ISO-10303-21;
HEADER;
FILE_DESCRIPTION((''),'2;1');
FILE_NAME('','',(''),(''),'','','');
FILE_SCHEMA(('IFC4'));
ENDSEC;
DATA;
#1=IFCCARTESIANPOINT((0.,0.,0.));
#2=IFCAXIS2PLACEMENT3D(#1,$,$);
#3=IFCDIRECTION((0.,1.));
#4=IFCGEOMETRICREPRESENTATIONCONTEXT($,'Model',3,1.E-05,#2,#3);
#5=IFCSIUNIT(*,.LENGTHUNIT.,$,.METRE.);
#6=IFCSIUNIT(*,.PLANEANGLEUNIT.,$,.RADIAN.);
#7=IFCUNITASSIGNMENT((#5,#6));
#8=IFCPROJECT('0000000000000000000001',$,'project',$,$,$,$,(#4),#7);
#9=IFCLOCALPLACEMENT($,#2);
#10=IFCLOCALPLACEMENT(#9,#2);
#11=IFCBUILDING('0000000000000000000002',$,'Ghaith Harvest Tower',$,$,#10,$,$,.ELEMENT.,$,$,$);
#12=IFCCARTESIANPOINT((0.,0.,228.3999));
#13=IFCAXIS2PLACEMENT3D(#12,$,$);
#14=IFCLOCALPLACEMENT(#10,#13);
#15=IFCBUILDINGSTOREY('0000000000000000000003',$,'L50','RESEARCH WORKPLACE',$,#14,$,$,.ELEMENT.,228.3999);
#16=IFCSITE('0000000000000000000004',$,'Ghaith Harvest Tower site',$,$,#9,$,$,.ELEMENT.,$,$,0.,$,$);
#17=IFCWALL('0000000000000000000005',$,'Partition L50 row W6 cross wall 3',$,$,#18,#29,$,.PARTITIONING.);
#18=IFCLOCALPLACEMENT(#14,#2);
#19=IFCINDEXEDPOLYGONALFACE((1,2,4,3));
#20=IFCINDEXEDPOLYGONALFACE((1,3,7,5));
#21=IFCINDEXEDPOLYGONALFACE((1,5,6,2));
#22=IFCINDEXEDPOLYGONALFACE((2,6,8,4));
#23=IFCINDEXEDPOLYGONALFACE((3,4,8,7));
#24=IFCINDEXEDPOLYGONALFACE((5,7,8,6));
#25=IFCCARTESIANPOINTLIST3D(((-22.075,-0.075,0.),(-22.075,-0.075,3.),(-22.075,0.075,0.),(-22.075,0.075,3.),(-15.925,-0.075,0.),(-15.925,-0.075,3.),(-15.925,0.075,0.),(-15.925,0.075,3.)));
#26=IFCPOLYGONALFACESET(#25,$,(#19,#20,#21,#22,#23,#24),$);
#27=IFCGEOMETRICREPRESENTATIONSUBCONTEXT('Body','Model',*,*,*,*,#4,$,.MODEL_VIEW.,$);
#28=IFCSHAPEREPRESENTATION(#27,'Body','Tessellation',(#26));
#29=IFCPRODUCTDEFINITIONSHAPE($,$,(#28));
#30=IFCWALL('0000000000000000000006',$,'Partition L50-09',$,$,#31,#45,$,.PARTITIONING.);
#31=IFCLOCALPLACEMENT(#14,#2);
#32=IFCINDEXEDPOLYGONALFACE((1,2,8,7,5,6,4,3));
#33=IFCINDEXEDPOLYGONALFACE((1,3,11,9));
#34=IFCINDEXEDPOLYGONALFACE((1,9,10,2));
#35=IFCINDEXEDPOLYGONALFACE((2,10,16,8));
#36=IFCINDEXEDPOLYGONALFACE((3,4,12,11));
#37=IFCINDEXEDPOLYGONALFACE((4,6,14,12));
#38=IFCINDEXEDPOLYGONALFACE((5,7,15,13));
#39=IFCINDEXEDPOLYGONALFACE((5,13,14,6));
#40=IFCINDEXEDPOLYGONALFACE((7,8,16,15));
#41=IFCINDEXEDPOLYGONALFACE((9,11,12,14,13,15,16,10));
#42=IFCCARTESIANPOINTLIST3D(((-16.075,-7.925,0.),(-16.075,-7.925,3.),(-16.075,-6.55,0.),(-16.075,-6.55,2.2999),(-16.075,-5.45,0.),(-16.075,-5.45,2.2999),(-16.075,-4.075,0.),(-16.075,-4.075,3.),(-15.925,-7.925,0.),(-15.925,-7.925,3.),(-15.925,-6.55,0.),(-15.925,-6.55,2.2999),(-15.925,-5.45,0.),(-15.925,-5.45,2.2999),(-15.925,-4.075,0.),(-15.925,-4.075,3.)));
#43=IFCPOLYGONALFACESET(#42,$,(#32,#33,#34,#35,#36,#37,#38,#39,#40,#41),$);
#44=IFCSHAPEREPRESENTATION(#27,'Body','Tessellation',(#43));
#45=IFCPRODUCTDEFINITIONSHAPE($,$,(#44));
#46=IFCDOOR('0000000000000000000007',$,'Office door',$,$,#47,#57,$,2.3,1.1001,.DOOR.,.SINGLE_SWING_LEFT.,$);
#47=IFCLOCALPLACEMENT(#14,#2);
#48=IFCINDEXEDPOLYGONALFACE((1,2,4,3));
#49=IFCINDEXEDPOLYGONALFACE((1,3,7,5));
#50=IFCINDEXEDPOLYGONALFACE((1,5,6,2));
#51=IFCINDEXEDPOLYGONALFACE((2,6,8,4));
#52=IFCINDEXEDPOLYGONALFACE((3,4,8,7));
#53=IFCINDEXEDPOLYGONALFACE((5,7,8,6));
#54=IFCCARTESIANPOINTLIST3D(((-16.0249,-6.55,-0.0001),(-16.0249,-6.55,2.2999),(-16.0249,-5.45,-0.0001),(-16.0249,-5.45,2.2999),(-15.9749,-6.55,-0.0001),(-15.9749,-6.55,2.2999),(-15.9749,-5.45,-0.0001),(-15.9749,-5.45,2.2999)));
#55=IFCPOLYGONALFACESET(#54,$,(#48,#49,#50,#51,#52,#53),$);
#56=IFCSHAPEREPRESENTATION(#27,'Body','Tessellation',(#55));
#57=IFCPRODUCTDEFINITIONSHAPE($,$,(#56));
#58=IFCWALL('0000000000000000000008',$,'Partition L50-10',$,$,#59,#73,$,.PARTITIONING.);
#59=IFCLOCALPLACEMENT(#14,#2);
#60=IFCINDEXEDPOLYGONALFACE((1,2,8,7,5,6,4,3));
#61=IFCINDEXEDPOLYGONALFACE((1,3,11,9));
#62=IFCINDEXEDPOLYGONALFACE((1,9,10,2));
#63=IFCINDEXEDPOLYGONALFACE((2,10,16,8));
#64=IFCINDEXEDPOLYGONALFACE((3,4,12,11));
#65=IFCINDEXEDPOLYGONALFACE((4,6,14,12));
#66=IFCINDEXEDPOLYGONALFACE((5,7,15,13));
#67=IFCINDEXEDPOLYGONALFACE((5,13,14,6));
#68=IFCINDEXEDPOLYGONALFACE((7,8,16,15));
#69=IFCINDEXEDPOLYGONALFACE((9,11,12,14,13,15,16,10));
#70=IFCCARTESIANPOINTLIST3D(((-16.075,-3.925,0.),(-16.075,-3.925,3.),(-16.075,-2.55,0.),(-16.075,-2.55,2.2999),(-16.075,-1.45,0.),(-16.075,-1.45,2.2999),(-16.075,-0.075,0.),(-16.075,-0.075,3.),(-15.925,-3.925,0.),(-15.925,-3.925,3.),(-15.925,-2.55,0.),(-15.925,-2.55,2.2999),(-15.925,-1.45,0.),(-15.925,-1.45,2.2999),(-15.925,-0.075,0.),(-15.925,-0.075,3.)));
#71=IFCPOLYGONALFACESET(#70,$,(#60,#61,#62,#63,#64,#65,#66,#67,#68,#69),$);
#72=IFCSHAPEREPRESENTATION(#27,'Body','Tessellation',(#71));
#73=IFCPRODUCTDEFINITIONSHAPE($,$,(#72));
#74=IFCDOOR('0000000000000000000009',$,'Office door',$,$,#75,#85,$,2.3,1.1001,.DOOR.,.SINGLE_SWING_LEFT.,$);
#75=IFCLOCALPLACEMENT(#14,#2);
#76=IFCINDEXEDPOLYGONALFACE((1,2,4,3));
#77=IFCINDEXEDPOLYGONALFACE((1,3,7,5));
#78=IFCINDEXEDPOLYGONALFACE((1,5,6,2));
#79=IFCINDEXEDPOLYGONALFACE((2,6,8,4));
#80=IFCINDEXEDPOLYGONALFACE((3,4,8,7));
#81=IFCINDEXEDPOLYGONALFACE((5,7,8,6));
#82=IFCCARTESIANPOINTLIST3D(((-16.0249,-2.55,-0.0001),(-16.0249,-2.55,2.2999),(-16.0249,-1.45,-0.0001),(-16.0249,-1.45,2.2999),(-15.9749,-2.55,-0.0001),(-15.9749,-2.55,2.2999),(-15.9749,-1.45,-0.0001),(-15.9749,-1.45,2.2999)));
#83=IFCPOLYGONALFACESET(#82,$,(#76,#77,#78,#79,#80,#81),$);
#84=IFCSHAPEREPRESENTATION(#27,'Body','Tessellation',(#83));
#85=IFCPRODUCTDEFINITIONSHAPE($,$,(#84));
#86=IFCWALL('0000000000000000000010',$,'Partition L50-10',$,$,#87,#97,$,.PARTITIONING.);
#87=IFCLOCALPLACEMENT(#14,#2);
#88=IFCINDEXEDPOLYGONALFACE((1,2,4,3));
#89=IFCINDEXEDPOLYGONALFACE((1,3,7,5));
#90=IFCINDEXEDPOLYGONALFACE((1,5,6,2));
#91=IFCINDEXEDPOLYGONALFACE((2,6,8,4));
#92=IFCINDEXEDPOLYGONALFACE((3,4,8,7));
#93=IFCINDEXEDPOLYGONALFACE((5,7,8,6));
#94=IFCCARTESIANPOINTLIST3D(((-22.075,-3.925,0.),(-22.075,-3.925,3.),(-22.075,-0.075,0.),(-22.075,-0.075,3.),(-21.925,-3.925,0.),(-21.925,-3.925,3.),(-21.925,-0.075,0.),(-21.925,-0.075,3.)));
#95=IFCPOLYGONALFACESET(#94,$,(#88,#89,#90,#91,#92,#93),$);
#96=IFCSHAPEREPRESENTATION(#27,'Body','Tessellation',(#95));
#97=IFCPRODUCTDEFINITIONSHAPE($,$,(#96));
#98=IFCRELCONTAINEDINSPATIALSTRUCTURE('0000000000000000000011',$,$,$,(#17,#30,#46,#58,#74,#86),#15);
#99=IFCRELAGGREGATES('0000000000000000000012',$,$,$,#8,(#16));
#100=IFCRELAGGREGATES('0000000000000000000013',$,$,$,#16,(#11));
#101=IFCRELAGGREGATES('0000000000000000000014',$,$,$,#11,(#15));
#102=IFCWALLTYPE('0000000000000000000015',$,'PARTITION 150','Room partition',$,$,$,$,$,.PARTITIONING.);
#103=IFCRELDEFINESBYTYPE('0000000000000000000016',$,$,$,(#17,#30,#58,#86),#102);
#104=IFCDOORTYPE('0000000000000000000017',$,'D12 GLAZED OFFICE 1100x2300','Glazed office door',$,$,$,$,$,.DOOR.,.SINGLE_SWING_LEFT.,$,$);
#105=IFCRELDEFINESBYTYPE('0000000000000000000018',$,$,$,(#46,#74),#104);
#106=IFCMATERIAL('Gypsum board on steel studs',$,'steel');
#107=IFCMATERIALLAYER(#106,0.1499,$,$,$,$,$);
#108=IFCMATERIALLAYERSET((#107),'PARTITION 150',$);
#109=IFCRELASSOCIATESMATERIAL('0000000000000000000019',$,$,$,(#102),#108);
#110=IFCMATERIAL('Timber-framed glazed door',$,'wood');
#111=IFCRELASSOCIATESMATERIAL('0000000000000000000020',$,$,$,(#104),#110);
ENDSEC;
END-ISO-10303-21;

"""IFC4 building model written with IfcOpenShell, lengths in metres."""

from ifc_helpers import new_model, si_unit, direction, frame, frame_2d, origin, place, context, subcontext, project, spatial, rectangle, extrude, material, layer, layer_set, type_object, element, fill, save


model = new_model("IFC4")

# Units and contexts
model_context = context("Model", 3, precision=1e-05, world=origin(), true_north=direction((0.0, 1.0)))
body_context = subcontext(model_context, "Body", "Model", "MODEL_VIEW")
ifc_project = project(units=[si_unit("LENGTHUNIT", "METRE"), si_unit("PLANEANGLEUNIT", "RADIAN")], contexts=[model_context])

# Site, building, storey
site_placement = place(None, origin())
site = spatial("IfcSite", under=ifc_project, at=site_placement, Name="Ghaith Harvest Tower site", CompositionType="ELEMENT", RefElevation=0.0)
building_placement = place(site_placement, origin())
building = spatial("IfcBuilding", under=site, at=building_placement, Name="Ghaith Harvest Tower", CompositionType="ELEMENT")
storey_placement = place(building_placement, frame((0.0, 0.0, 228.3999)))
storey = spatial("IfcBuildingStorey", under=building, at=storey_placement, Name="L50", Description="RESEARCH WORKPLACE", CompositionType="ELEMENT", Elevation=228.3999)

# Wall
ifc_material_1 = material(Name="Gypsum board on steel studs", Category="steel")
ifc_layer_1 = layer(ifc_material_1, 0.1499)
ifc_layer_set_1 = layer_set([ifc_layer_1], Name="PARTITION 150")
wall_type = type_object("IfcWallType", Name="PARTITION 150", Description="Room partition", PredefinedType="PARTITIONING", material=ifc_layer_set_1)
for number, where, z_axis, x_axis, name in (
    (1, (-15.925, 0.0, 0.0), (0.0, 0.0, 1.0), (-1.0, 0.0, 0.0), "Partition L50 row W6 cross wall 3"),
):
    element("IfcWall", number, at=place(storey_placement, frame(where, z_axis=z_axis, x_axis=x_axis)), inside=storey, type_object=wall_type, Name=name, PredefinedType="PARTITIONING", context=body_context, shape_type="SweptSolid", body=[
        extrude(rectangle(XDim=6.1499, YDim=0.1499, at=frame_2d((3.075, 0.0))), origin(), (0.0, 0.0, 1.0), 3.0),
    ])

# Walls, openings, doors
wall_1_placement = place(storey_placement, frame((-16.0, -7.925, 0.0), z_axis=(0.0, 0.0, 1.0), x_axis=(0.0, 1.0, 0.0)))
wall_1 = element("IfcWall", 2, at=wall_1_placement, inside=storey, type_object=wall_type, Name="Partition L50-09", PredefinedType="PARTITIONING", context=body_context, shape_type="SweptSolid", body=[
    extrude(rectangle(XDim=3.8501, YDim=0.1499, at=frame_2d((1.925, 0.0))), origin(), (0.0, 0.0, 1.0), 3.0),
])
opening_1_placement = place(wall_1_placement, frame((1.375, 0.0, 0.0)))
opening_1 = element("IfcOpeningElement", 3, at=opening_1_placement, cuts=wall_1, PredefinedType="OPENING", context=body_context, shape_type="SweptSolid", body=[
    extrude(rectangle(XDim=1.1001, YDim=2.3, at=frame_2d((0.55, 1.1499))), frame((0.0, 0.085, 0.0), z_axis=(0.0, -1.0, 0.0), x_axis=(1.0, 0.0, 0.0)), (0.0, 0.0, 1.0), 0.1699),
])
ifc_material_2 = material(Name="Timber-framed glazed door", Category="wood")
door_type = type_object("IfcDoorType", Name="D12 GLAZED OFFICE 1100x2300", Description="Glazed office door", OperationType="SINGLE_SWING_LEFT", PredefinedType="DOOR", material=ifc_material_2)
door_1_placement = place(opening_1_placement, origin())
door_1 = element("IfcDoor", 4, at=door_1_placement, inside=storey, type_object=door_type, Name="Office door", OperationType="SINGLE_SWING_LEFT", OverallHeight=2.3, OverallWidth=1.1001, PredefinedType="DOOR", context=body_context, shape_type="SweptSolid", body=[
    extrude(rectangle(XDim=1.1001, YDim=2.3, at=frame_2d((0.55, 1.1499))), frame((0.0, 0.0249, 0.0), z_axis=(0.0, -1.0, 0.0), x_axis=(1.0, 0.0, 0.0)), (0.0, 0.0, 1.0), 0.05),
])
fill(opening_1, door_1)
wall_2_placement = place(storey_placement, frame((-16.0, -3.925, 0.0), z_axis=(0.0, 0.0, 1.0), x_axis=(0.0, 1.0, 0.0)))
wall_2 = element("IfcWall", 5, at=wall_2_placement, inside=storey, type_object=wall_type, Name="Partition L50-10", PredefinedType="PARTITIONING", context=body_context, shape_type="SweptSolid", body=[
    extrude(rectangle(XDim=3.8501, YDim=0.1499, at=frame_2d((1.925, 0.0))), origin(), (0.0, 0.0, 1.0), 3.0),
])
opening_2_placement = place(wall_2_placement, frame((1.375, 0.0, 0.0)))
opening_2 = element("IfcOpeningElement", 6, at=opening_2_placement, cuts=wall_2, PredefinedType="OPENING", context=body_context, shape_type="SweptSolid", body=[
    extrude(rectangle(XDim=1.1001, YDim=2.3, at=frame_2d((0.55, 1.1499))), frame((0.0, 0.085, 0.0), z_axis=(0.0, -1.0, 0.0), x_axis=(1.0, 0.0, 0.0)), (0.0, 0.0, 1.0), 0.1699),
])
door_2_placement = place(opening_2_placement, origin())
door_2 = element("IfcDoor", 7, at=door_2_placement, inside=storey, type_object=door_type, Name="Office door", OperationType="SINGLE_SWING_LEFT", OverallHeight=2.3, OverallWidth=1.1001, PredefinedType="DOOR", context=body_context, shape_type="SweptSolid", body=[
    extrude(rectangle(XDim=1.1001, YDim=2.3, at=frame_2d((0.55, 1.1499))), frame((0.0, 0.0249, 0.0), z_axis=(0.0, -1.0, 0.0), x_axis=(1.0, 0.0, 0.0)), (0.0, 0.0, 1.0), 0.05),
])
fill(opening_2, door_2)

# Wall
wall_3_placement = place(storey_placement, frame((-22.0, -3.925, 0.0), z_axis=(0.0, 0.0, 1.0), x_axis=(0.0, 1.0, 0.0)))
element("IfcWall", 8, at=wall_3_placement, inside=storey, type_object=wall_type, Name="Partition L50-10", PredefinedType="PARTITIONING", context=body_context, shape_type="SweptSolid", body=[
    extrude(rectangle(XDim=3.8501, YDim=0.1499, at=frame_2d((1.925, 0.0))), origin(), (0.0, 0.0, 1.0), 3.0),
])

save(model, "model.ifc")
